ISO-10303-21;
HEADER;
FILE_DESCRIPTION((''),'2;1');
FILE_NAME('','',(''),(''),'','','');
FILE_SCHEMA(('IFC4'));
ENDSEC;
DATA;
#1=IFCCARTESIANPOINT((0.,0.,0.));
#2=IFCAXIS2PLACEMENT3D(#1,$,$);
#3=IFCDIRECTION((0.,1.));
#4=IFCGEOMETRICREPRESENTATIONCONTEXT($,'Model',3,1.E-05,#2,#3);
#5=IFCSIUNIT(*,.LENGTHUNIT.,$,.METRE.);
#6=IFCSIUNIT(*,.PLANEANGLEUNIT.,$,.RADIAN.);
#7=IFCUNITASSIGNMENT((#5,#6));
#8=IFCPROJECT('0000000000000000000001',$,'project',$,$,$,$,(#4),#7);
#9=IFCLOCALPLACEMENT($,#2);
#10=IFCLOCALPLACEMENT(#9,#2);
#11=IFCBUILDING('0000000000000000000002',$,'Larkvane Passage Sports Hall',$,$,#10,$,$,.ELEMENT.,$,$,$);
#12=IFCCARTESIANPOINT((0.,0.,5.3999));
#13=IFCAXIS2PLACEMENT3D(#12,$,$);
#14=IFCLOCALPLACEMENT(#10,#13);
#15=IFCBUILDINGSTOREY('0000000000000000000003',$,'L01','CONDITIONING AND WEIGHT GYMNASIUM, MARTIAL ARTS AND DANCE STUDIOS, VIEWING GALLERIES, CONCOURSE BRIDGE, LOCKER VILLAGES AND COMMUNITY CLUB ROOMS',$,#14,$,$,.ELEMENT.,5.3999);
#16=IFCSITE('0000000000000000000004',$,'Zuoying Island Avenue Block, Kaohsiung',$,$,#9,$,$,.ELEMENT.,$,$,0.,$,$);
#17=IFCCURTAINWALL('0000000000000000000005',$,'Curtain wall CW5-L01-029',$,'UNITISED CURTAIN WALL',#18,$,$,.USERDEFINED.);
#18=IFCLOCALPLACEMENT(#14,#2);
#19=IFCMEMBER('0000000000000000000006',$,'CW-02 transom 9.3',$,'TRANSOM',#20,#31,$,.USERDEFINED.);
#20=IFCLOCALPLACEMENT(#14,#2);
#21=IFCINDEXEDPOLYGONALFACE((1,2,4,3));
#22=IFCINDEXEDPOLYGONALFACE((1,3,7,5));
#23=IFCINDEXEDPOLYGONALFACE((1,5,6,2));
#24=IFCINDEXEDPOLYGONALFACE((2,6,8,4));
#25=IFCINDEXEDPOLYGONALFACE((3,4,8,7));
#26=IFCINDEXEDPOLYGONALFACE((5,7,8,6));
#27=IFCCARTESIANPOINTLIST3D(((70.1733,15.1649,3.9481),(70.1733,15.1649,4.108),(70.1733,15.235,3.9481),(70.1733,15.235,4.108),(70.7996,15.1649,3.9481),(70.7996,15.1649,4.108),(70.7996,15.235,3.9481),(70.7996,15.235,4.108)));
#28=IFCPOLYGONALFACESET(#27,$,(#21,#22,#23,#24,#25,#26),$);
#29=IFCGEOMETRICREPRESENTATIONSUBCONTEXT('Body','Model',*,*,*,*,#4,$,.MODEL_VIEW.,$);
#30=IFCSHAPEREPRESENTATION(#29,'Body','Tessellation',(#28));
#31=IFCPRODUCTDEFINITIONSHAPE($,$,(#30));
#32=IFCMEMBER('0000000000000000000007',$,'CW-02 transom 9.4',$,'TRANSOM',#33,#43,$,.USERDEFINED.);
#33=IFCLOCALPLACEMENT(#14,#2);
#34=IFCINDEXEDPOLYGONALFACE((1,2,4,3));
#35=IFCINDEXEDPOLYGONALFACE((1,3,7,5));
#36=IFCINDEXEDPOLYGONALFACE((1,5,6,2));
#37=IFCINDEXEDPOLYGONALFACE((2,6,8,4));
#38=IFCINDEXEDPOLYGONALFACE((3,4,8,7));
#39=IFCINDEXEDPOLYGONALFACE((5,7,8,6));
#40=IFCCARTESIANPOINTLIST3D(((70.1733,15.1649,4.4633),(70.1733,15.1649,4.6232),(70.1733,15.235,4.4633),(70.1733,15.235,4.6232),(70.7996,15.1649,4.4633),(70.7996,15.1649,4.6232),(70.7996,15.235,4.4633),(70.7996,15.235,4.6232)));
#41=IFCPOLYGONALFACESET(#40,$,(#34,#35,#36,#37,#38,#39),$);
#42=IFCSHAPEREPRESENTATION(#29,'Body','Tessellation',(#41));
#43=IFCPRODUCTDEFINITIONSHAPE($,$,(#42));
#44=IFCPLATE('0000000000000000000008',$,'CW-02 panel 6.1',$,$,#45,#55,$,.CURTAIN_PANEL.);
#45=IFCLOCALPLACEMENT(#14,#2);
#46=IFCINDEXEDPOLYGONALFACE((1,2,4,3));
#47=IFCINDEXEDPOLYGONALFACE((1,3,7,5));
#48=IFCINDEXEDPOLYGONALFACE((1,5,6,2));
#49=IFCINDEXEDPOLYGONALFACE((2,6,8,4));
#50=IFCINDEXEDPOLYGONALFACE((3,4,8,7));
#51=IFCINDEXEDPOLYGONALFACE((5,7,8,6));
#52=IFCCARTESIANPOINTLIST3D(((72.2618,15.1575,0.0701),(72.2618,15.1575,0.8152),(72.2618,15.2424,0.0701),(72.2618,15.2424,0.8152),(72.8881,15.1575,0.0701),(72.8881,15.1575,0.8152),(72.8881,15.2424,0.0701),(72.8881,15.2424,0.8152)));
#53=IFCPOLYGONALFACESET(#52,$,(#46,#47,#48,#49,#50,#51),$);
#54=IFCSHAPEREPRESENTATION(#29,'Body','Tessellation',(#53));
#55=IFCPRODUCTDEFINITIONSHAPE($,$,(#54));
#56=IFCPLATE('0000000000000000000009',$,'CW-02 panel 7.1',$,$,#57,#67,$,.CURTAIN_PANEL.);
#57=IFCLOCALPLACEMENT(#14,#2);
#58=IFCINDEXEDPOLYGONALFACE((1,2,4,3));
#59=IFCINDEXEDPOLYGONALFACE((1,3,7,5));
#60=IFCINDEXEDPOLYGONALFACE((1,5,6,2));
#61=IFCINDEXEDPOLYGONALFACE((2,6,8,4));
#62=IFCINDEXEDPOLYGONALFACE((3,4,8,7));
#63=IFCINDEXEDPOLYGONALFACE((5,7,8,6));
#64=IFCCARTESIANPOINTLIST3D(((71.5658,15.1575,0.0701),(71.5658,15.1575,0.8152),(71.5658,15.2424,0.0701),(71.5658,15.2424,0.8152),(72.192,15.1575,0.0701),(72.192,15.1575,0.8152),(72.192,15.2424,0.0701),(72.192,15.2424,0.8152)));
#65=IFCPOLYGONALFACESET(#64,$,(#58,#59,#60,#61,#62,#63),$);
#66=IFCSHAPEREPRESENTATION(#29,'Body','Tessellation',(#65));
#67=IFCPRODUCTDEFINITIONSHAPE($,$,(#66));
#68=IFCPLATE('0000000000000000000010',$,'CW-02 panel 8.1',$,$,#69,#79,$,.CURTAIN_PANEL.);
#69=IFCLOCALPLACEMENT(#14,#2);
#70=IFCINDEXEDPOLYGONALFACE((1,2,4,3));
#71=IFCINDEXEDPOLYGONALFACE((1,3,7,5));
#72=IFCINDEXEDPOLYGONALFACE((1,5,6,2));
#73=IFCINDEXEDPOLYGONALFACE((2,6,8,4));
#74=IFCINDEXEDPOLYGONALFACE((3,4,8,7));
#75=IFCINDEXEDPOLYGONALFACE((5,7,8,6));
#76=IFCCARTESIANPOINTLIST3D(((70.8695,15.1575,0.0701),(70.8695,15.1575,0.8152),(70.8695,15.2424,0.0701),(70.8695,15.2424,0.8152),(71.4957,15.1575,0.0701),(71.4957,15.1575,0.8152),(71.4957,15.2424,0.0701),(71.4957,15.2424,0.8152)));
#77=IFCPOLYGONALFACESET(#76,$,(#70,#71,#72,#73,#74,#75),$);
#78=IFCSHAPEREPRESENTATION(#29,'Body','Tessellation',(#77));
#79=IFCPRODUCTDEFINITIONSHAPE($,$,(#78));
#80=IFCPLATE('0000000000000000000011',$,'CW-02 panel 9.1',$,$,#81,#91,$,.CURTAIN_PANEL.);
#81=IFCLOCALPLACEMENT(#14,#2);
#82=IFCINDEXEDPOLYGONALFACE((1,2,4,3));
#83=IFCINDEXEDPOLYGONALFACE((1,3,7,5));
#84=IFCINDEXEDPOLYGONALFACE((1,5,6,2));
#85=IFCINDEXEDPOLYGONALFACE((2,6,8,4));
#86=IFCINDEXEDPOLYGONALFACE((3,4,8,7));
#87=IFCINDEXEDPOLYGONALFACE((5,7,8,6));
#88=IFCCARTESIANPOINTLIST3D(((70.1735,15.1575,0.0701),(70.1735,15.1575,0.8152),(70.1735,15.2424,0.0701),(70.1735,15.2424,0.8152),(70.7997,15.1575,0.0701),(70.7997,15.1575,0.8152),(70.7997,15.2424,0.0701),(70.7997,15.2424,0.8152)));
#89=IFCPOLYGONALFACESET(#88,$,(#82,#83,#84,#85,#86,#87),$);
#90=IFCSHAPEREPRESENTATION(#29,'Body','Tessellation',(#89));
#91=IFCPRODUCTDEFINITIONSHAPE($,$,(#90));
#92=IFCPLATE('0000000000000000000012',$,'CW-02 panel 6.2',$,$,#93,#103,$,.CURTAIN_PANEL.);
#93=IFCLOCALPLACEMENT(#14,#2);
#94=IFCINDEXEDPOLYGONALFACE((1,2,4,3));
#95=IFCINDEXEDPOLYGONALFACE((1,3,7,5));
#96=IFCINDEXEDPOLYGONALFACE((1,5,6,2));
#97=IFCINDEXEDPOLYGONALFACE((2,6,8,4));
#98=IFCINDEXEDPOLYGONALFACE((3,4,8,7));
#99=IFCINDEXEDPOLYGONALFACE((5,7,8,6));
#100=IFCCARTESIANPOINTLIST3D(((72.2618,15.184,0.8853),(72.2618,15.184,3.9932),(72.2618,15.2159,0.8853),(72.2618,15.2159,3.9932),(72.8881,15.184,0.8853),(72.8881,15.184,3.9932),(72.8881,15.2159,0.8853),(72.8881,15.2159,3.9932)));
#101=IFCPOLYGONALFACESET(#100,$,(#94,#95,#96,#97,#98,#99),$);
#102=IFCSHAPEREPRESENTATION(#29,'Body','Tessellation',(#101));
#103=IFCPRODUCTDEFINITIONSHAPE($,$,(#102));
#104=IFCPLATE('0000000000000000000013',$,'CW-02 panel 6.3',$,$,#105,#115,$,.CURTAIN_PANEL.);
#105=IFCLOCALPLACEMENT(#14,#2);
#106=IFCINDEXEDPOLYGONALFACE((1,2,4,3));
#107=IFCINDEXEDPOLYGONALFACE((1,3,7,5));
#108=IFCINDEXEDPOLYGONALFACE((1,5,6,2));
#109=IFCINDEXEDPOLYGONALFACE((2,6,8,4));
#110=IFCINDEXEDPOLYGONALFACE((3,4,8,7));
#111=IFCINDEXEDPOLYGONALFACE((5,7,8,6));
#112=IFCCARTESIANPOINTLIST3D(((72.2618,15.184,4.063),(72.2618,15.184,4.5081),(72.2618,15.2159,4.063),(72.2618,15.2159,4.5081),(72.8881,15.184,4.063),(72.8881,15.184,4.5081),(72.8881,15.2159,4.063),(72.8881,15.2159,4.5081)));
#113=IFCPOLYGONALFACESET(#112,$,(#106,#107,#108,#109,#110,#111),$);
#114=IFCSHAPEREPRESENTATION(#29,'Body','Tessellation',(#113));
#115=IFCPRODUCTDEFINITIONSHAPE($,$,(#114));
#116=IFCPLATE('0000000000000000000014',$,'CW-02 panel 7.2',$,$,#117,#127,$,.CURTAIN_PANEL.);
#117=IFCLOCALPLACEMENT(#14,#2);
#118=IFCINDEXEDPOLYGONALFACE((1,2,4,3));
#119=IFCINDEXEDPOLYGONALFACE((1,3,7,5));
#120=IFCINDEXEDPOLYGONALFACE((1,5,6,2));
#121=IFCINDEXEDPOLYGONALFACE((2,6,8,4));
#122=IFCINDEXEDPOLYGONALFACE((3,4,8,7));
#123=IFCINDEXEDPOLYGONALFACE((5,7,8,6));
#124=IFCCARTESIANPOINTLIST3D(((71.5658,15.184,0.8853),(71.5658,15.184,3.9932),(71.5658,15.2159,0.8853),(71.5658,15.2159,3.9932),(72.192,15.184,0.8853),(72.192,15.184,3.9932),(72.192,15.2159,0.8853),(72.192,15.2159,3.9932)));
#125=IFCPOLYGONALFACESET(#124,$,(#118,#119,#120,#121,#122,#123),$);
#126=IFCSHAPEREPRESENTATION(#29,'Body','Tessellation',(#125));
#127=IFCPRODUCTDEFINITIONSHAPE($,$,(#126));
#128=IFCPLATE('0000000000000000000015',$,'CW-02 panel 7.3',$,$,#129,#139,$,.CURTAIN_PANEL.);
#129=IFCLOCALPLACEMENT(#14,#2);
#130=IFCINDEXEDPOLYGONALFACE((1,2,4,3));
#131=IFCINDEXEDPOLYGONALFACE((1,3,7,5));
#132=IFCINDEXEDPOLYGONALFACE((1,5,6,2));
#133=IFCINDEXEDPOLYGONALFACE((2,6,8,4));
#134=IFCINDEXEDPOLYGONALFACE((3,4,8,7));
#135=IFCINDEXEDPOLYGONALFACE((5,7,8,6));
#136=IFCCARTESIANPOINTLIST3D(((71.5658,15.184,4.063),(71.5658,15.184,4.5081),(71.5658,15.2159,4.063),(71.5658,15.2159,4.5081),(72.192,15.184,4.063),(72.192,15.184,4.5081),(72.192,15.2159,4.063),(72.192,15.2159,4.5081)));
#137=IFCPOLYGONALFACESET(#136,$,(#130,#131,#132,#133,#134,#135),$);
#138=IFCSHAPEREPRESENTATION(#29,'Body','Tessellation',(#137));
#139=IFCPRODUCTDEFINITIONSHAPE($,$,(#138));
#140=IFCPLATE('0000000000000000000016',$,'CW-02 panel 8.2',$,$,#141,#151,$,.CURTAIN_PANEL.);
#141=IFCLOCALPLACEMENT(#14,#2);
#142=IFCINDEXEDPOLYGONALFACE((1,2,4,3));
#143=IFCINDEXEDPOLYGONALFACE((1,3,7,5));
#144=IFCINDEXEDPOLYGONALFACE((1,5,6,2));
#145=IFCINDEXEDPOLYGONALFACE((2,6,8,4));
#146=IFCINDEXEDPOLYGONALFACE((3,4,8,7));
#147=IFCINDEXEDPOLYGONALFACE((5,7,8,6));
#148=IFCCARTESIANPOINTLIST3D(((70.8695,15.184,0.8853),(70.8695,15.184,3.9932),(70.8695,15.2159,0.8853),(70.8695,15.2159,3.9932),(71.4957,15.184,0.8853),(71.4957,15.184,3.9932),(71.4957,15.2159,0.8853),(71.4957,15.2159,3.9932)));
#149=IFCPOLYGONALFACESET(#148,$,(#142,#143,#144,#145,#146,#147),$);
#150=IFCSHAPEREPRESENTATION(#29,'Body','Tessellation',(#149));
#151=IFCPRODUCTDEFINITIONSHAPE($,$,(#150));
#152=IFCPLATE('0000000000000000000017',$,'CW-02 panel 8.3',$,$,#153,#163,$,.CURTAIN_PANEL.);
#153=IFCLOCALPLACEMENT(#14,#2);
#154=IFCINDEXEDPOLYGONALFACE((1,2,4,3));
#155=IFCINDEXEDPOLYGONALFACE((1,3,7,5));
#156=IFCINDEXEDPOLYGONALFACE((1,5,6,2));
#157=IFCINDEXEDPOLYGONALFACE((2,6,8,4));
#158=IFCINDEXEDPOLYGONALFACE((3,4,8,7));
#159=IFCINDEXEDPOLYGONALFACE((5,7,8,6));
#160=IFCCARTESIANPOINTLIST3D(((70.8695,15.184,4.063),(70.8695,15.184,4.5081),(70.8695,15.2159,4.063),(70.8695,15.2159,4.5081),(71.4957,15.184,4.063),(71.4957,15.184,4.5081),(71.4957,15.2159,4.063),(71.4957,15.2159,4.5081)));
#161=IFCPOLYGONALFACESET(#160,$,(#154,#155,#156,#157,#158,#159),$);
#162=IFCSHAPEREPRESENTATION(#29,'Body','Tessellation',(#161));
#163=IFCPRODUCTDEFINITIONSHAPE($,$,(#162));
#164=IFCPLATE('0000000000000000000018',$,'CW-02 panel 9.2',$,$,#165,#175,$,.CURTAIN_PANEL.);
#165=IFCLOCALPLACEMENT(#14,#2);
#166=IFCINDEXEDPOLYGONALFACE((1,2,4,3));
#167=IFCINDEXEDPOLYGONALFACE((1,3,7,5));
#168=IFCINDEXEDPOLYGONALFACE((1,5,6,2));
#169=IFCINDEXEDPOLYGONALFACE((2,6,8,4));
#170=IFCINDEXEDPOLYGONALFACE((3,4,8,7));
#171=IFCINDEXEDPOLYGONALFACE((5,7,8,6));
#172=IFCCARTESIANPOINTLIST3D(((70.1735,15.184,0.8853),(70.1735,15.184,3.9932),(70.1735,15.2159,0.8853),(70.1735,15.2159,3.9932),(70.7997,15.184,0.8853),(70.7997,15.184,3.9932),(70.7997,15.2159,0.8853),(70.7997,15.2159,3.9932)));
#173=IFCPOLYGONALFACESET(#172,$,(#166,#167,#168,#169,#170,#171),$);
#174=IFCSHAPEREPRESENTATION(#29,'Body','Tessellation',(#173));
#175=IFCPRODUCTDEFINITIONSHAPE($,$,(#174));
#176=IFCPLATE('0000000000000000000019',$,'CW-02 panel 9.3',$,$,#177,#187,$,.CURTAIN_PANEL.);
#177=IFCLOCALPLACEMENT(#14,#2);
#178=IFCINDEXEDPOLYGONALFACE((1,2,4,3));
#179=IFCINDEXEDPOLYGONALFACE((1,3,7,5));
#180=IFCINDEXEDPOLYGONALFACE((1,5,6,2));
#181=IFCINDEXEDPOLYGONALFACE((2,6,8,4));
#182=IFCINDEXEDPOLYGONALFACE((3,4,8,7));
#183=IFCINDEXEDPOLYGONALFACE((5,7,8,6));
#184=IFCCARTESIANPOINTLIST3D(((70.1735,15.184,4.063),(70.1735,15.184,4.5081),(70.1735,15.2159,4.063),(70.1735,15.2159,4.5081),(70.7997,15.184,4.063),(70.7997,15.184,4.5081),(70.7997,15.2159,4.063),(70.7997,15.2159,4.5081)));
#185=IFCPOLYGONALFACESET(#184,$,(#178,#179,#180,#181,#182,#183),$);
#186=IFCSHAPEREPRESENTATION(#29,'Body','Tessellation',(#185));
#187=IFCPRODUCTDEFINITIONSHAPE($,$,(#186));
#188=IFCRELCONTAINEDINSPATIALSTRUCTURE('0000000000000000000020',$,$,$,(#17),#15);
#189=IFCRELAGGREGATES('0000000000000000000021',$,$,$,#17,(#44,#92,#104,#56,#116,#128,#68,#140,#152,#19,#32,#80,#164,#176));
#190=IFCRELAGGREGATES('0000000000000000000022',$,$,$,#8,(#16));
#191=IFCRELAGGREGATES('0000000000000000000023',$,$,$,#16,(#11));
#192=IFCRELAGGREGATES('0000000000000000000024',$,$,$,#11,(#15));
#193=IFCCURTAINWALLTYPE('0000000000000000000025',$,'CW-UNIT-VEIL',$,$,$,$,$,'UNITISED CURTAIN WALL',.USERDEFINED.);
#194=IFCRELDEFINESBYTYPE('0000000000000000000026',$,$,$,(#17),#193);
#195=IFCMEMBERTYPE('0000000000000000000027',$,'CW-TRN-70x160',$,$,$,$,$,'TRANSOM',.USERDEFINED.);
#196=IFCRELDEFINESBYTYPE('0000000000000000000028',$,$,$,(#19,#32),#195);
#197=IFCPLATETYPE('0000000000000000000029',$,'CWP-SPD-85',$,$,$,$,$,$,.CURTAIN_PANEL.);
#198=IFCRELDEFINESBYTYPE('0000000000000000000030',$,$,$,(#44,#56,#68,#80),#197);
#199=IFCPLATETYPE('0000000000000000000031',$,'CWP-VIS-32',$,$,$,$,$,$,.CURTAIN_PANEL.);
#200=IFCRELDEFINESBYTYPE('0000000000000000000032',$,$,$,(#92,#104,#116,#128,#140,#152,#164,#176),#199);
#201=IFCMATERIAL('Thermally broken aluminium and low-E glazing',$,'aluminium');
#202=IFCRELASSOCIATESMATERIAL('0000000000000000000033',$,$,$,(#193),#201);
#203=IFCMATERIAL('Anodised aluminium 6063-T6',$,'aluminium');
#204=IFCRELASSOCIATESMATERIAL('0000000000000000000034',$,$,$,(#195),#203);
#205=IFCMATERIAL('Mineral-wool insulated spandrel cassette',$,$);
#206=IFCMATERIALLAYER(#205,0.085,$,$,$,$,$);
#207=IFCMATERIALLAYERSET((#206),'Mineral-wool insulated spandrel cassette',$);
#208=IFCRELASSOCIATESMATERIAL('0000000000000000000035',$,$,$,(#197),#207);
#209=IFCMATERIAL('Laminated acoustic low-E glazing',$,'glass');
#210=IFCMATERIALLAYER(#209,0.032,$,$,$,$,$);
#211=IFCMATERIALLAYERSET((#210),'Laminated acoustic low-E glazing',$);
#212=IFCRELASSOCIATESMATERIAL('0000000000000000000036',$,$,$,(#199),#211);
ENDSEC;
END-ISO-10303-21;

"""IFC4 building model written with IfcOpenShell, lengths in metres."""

from ifc_helpers import new_model, si_unit, direction, frame, origin, origin_2d, place, context, subcontext, project, spatial, rectangle, extrude, material, layer, layer_set, material_profile, profile_set, type_object, element, aggregate, save


model = new_model("IFC4")

# Units and contexts
model_context = context("Model", 3, precision=1e-05, world=origin(), true_north=direction((0.0, 1.0)))
body_context = subcontext(model_context, "Body", "Model", "MODEL_VIEW")
ifc_project = project(units=[si_unit("LENGTHUNIT", "METRE"), si_unit("PLANEANGLEUNIT", "RADIAN")], contexts=[model_context])

# Site, building, storey
site_placement = place(None, origin())
site = spatial("IfcSite", under=ifc_project, at=site_placement, Name="Zuoying Island Avenue Block, Kaohsiung", CompositionType="ELEMENT", RefElevation=0.0)
building_placement = place(site_placement, origin())
building = spatial("IfcBuilding", under=site, at=building_placement, Name="Larkvane Passage Sports Hall", CompositionType="ELEMENT")
storey_placement = place(building_placement, frame((0.0, 0.0, 5.3999)))
storey = spatial("IfcBuildingStorey", under=building, at=storey_placement, Name="L01", Description="CONDITIONING AND WEIGHT GYMNASIUM, MARTIAL ARTS AND DANCE STUDIOS, VIEWING GALLERIES, CONCOURSE BRIDGE, LOCKER VILLAGES AND COMMUNITY CLUB ROOMS", CompositionType="ELEMENT", Elevation=5.3999)

# Curtain wall, members, plates
ifc_material_1 = material(Name="Thermally broken aluminium and low-E glazing", Category="aluminium")
curtain_wall_type = type_object("IfcCurtainWallType", Name="CW-UNIT-VEIL", ElementType="UNITISED CURTAIN WALL", PredefinedType="USERDEFINED", material=ifc_material_1)
curtain_wall_placement = place(storey_placement, origin())
curtain_wall = element("IfcCurtainWall", 1, at=curtain_wall_placement, inside=storey, type_object=curtain_wall_type, Name="Curtain wall CW5-L01-029", ObjectType="UNITISED CURTAIN WALL", PredefinedType="USERDEFINED")
ifc_material_2 = material(Name="Anodised aluminium 6063-T6", Category="aluminium")
ifc_material_profile_1 = material_profile(ifc_material_2, rectangle(XDim=0.0701, YDim=0.1599, at=origin_2d()), Name="ALU-TRN-70x160")
ifc_profile_set_1 = profile_set([ifc_material_profile_1], Name="Anodised aluminium 6063-T6")
member_type_1 = type_object("IfcMemberType", Name="CW-TRN-70x160", ElementType="TRANSOM", PredefinedType="USERDEFINED", material=ifc_profile_set_1)
member_1_placement = place(storey_placement, frame((70.7996, 15.2, 4.0281), z_axis=(-1.0, 0.0, 0.0), x_axis=(0.0, -1.0, 0.0)))
member_1 = element("IfcMember", 2, at=member_1_placement, type_object=member_type_1, Name="CW-02 transom 9.3", ObjectType="TRANSOM", PredefinedType="USERDEFINED", context=body_context, shape_type="SweptSolid", body=[
    extrude(rectangle(XDim=0.0701, YDim=0.1599, at=origin_2d()), origin(), (0.0, 0.0, 1.0), 0.6262),
])
member_2_placement = place(storey_placement, frame((70.7996, 15.2, 4.5432), z_axis=(-1.0, 0.0, 0.0), x_axis=(0.0, -1.0, 0.0)))
member_2 = element("IfcMember", 3, at=member_2_placement, type_object=member_type_1, Name="CW-02 transom 9.4", ObjectType="TRANSOM", PredefinedType="USERDEFINED", context=body_context, shape_type="SweptSolid", body=[
    extrude(rectangle(XDim=0.0701, YDim=0.1599, at=origin_2d()), origin(), (0.0, 0.0, 1.0), 0.6262),
])
ifc_material_3 = material(Name="Mineral-wool insulated spandrel cassette")
ifc_layer_1 = layer(ifc_material_3, 0.085)
ifc_layer_set_1 = layer_set([ifc_layer_1], Name="Mineral-wool insulated spandrel cassette")
plate_type_1 = type_object("IfcPlateType", Name="CWP-SPD-85", PredefinedType="CURTAIN_PANEL", material=ifc_layer_set_1)
plate_1_placement = place(storey_placement, frame((72.575, 15.2, 0.0701), z_axis=(0.0, 0.0, 1.0), x_axis=(-1.0, 0.0, 0.0)))
plate_1 = element("IfcPlate", 4, at=plate_1_placement, type_object=plate_type_1, Name="CW-02 panel 6.1", PredefinedType="CURTAIN_PANEL", context=body_context, shape_type="SweptSolid", body=[
    extrude(rectangle(XDim=0.6262, YDim=0.085, at=origin_2d()), origin(), (0.0, 0.0, 1.0), 0.7451),
])
plate_2_placement = place(storey_placement, frame((71.8789, 15.2, 0.0701), z_axis=(0.0, 0.0, 1.0), x_axis=(-1.0, 0.0, 0.0)))
plate_2 = element("IfcPlate", 5, at=plate_2_placement, type_object=plate_type_1, Name="CW-02 panel 7.1", PredefinedType="CURTAIN_PANEL", context=body_context, shape_type="SweptSolid", body=[
    extrude(rectangle(XDim=0.6262, YDim=0.085, at=origin_2d()), origin(), (0.0, 0.0, 1.0), 0.7451),
])
plate_3_placement = place(storey_placement, frame((71.1826, 15.2, 0.0701), z_axis=(0.0, 0.0, 1.0), x_axis=(-1.0, 0.0, 0.0)))
plate_3 = element("IfcPlate", 6, at=plate_3_placement, type_object=plate_type_1, Name="CW-02 panel 8.1", PredefinedType="CURTAIN_PANEL", context=body_context, shape_type="SweptSolid", body=[
    extrude(rectangle(XDim=0.6262, YDim=0.085, at=origin_2d()), origin(), (0.0, 0.0, 1.0), 0.7451),
])
plate_4_placement = place(storey_placement, frame((70.4866, 15.2, 0.0701), z_axis=(0.0, 0.0, 1.0), x_axis=(-1.0, 0.0, 0.0)))
plate_4 = element("IfcPlate", 7, at=plate_4_placement, type_object=plate_type_1, Name="CW-02 panel 9.1", PredefinedType="CURTAIN_PANEL", context=body_context, shape_type="SweptSolid", body=[
    extrude(rectangle(XDim=0.6262, YDim=0.085, at=origin_2d()), origin(), (0.0, 0.0, 1.0), 0.7451),
])
ifc_material_4 = material(Name="Laminated acoustic low-E glazing", Category="glass")
ifc_layer_2 = layer(ifc_material_4, 0.032)
ifc_layer_set_2 = layer_set([ifc_layer_2], Name="Laminated acoustic low-E glazing")
plate_type_2 = type_object("IfcPlateType", Name="CWP-VIS-32", PredefinedType="CURTAIN_PANEL", material=ifc_layer_set_2)
plate_5_placement = place(storey_placement, frame((72.575, 15.2, 0.8853), z_axis=(0.0, 0.0, 1.0), x_axis=(-1.0, 0.0, 0.0)))
plate_5 = element("IfcPlate", 8, at=plate_5_placement, type_object=plate_type_2, Name="CW-02 panel 6.2", PredefinedType="CURTAIN_PANEL", context=body_context, shape_type="SweptSolid", body=[
    extrude(rectangle(XDim=0.6262, YDim=0.032, at=origin_2d()), origin(), (0.0, 0.0, 1.0), 3.1079),
])
plate_6_placement = place(storey_placement, frame((72.575, 15.2, 4.063), z_axis=(0.0, 0.0, 1.0), x_axis=(-1.0, 0.0, 0.0)))
plate_6 = element("IfcPlate", 9, at=plate_6_placement, type_object=plate_type_2, Name="CW-02 panel 6.3", PredefinedType="CURTAIN_PANEL", context=body_context, shape_type="SweptSolid", body=[
    extrude(rectangle(XDim=0.6262, YDim=0.032, at=origin_2d()), origin(), (0.0, 0.0, 1.0), 0.4451),
])
plate_7_placement = place(storey_placement, frame((71.8789, 15.2, 0.8853), z_axis=(0.0, 0.0, 1.0), x_axis=(-1.0, 0.0, 0.0)))
plate_7 = element("IfcPlate", 10, at=plate_7_placement, type_object=plate_type_2, Name="CW-02 panel 7.2", PredefinedType="CURTAIN_PANEL", context=body_context, shape_type="SweptSolid", body=[
    extrude(rectangle(XDim=0.6262, YDim=0.032, at=origin_2d()), origin(), (0.0, 0.0, 1.0), 3.1079),
])
plate_8_placement = place(storey_placement, frame((71.8789, 15.2, 4.063), z_axis=(0.0, 0.0, 1.0), x_axis=(-1.0, 0.0, 0.0)))
plate_8 = element("IfcPlate", 11, at=plate_8_placement, type_object=plate_type_2, Name="CW-02 panel 7.3", PredefinedType="CURTAIN_PANEL", context=body_context, shape_type="SweptSolid", body=[
    extrude(rectangle(XDim=0.6262, YDim=0.032, at=origin_2d()), origin(), (0.0, 0.0, 1.0), 0.4451),
])
plate_9_placement = place(storey_placement, frame((71.1826, 15.2, 0.8853), z_axis=(0.0, 0.0, 1.0), x_axis=(-1.0, 0.0, 0.0)))
plate_9 = element("IfcPlate", 12, at=plate_9_placement, type_object=plate_type_2, Name="CW-02 panel 8.2", PredefinedType="CURTAIN_PANEL", context=body_context, shape_type="SweptSolid", body=[
    extrude(rectangle(XDim=0.6262, YDim=0.032, at=origin_2d()), origin(), (0.0, 0.0, 1.0), 3.1079),
])
plate_10_placement = place(storey_placement, frame((71.1826, 15.2, 4.063), z_axis=(0.0, 0.0, 1.0), x_axis=(-1.0, 0.0, 0.0)))
plate_10 = element("IfcPlate", 13, at=plate_10_placement, type_object=plate_type_2, Name="CW-02 panel 8.3", PredefinedType="CURTAIN_PANEL", context=body_context, shape_type="SweptSolid", body=[
    extrude(rectangle(XDim=0.6262, YDim=0.032, at=origin_2d()), origin(), (0.0, 0.0, 1.0), 0.4451),
])
plate_11_placement = place(storey_placement, frame((70.4866, 15.2, 0.8853), z_axis=(0.0, 0.0, 1.0), x_axis=(-1.0, 0.0, 0.0)))
plate_11 = element("IfcPlate", 14, at=plate_11_placement, type_object=plate_type_2, Name="CW-02 panel 9.2", PredefinedType="CURTAIN_PANEL", context=body_context, shape_type="SweptSolid", body=[
    extrude(rectangle(XDim=0.6262, YDim=0.032, at=origin_2d()), origin(), (0.0, 0.0, 1.0), 3.1079),
])
plate_12_placement = place(storey_placement, frame((70.4866, 15.2, 4.063), z_axis=(0.0, 0.0, 1.0), x_axis=(-1.0, 0.0, 0.0)))
plate_12 = element("IfcPlate", 15, at=plate_12_placement, type_object=plate_type_2, Name="CW-02 panel 9.3", PredefinedType="CURTAIN_PANEL", context=body_context, shape_type="SweptSolid", body=[
    extrude(rectangle(XDim=0.6262, YDim=0.032, at=origin_2d()), origin(), (0.0, 0.0, 1.0), 0.4451),
])
aggregate(curtain_wall, [plate_1, plate_5, plate_6, plate_2, plate_7, plate_8, plate_3, plate_9, plate_10, member_1, member_2, plate_4, plate_11, plate_12])

save(model, "model.ifc")
